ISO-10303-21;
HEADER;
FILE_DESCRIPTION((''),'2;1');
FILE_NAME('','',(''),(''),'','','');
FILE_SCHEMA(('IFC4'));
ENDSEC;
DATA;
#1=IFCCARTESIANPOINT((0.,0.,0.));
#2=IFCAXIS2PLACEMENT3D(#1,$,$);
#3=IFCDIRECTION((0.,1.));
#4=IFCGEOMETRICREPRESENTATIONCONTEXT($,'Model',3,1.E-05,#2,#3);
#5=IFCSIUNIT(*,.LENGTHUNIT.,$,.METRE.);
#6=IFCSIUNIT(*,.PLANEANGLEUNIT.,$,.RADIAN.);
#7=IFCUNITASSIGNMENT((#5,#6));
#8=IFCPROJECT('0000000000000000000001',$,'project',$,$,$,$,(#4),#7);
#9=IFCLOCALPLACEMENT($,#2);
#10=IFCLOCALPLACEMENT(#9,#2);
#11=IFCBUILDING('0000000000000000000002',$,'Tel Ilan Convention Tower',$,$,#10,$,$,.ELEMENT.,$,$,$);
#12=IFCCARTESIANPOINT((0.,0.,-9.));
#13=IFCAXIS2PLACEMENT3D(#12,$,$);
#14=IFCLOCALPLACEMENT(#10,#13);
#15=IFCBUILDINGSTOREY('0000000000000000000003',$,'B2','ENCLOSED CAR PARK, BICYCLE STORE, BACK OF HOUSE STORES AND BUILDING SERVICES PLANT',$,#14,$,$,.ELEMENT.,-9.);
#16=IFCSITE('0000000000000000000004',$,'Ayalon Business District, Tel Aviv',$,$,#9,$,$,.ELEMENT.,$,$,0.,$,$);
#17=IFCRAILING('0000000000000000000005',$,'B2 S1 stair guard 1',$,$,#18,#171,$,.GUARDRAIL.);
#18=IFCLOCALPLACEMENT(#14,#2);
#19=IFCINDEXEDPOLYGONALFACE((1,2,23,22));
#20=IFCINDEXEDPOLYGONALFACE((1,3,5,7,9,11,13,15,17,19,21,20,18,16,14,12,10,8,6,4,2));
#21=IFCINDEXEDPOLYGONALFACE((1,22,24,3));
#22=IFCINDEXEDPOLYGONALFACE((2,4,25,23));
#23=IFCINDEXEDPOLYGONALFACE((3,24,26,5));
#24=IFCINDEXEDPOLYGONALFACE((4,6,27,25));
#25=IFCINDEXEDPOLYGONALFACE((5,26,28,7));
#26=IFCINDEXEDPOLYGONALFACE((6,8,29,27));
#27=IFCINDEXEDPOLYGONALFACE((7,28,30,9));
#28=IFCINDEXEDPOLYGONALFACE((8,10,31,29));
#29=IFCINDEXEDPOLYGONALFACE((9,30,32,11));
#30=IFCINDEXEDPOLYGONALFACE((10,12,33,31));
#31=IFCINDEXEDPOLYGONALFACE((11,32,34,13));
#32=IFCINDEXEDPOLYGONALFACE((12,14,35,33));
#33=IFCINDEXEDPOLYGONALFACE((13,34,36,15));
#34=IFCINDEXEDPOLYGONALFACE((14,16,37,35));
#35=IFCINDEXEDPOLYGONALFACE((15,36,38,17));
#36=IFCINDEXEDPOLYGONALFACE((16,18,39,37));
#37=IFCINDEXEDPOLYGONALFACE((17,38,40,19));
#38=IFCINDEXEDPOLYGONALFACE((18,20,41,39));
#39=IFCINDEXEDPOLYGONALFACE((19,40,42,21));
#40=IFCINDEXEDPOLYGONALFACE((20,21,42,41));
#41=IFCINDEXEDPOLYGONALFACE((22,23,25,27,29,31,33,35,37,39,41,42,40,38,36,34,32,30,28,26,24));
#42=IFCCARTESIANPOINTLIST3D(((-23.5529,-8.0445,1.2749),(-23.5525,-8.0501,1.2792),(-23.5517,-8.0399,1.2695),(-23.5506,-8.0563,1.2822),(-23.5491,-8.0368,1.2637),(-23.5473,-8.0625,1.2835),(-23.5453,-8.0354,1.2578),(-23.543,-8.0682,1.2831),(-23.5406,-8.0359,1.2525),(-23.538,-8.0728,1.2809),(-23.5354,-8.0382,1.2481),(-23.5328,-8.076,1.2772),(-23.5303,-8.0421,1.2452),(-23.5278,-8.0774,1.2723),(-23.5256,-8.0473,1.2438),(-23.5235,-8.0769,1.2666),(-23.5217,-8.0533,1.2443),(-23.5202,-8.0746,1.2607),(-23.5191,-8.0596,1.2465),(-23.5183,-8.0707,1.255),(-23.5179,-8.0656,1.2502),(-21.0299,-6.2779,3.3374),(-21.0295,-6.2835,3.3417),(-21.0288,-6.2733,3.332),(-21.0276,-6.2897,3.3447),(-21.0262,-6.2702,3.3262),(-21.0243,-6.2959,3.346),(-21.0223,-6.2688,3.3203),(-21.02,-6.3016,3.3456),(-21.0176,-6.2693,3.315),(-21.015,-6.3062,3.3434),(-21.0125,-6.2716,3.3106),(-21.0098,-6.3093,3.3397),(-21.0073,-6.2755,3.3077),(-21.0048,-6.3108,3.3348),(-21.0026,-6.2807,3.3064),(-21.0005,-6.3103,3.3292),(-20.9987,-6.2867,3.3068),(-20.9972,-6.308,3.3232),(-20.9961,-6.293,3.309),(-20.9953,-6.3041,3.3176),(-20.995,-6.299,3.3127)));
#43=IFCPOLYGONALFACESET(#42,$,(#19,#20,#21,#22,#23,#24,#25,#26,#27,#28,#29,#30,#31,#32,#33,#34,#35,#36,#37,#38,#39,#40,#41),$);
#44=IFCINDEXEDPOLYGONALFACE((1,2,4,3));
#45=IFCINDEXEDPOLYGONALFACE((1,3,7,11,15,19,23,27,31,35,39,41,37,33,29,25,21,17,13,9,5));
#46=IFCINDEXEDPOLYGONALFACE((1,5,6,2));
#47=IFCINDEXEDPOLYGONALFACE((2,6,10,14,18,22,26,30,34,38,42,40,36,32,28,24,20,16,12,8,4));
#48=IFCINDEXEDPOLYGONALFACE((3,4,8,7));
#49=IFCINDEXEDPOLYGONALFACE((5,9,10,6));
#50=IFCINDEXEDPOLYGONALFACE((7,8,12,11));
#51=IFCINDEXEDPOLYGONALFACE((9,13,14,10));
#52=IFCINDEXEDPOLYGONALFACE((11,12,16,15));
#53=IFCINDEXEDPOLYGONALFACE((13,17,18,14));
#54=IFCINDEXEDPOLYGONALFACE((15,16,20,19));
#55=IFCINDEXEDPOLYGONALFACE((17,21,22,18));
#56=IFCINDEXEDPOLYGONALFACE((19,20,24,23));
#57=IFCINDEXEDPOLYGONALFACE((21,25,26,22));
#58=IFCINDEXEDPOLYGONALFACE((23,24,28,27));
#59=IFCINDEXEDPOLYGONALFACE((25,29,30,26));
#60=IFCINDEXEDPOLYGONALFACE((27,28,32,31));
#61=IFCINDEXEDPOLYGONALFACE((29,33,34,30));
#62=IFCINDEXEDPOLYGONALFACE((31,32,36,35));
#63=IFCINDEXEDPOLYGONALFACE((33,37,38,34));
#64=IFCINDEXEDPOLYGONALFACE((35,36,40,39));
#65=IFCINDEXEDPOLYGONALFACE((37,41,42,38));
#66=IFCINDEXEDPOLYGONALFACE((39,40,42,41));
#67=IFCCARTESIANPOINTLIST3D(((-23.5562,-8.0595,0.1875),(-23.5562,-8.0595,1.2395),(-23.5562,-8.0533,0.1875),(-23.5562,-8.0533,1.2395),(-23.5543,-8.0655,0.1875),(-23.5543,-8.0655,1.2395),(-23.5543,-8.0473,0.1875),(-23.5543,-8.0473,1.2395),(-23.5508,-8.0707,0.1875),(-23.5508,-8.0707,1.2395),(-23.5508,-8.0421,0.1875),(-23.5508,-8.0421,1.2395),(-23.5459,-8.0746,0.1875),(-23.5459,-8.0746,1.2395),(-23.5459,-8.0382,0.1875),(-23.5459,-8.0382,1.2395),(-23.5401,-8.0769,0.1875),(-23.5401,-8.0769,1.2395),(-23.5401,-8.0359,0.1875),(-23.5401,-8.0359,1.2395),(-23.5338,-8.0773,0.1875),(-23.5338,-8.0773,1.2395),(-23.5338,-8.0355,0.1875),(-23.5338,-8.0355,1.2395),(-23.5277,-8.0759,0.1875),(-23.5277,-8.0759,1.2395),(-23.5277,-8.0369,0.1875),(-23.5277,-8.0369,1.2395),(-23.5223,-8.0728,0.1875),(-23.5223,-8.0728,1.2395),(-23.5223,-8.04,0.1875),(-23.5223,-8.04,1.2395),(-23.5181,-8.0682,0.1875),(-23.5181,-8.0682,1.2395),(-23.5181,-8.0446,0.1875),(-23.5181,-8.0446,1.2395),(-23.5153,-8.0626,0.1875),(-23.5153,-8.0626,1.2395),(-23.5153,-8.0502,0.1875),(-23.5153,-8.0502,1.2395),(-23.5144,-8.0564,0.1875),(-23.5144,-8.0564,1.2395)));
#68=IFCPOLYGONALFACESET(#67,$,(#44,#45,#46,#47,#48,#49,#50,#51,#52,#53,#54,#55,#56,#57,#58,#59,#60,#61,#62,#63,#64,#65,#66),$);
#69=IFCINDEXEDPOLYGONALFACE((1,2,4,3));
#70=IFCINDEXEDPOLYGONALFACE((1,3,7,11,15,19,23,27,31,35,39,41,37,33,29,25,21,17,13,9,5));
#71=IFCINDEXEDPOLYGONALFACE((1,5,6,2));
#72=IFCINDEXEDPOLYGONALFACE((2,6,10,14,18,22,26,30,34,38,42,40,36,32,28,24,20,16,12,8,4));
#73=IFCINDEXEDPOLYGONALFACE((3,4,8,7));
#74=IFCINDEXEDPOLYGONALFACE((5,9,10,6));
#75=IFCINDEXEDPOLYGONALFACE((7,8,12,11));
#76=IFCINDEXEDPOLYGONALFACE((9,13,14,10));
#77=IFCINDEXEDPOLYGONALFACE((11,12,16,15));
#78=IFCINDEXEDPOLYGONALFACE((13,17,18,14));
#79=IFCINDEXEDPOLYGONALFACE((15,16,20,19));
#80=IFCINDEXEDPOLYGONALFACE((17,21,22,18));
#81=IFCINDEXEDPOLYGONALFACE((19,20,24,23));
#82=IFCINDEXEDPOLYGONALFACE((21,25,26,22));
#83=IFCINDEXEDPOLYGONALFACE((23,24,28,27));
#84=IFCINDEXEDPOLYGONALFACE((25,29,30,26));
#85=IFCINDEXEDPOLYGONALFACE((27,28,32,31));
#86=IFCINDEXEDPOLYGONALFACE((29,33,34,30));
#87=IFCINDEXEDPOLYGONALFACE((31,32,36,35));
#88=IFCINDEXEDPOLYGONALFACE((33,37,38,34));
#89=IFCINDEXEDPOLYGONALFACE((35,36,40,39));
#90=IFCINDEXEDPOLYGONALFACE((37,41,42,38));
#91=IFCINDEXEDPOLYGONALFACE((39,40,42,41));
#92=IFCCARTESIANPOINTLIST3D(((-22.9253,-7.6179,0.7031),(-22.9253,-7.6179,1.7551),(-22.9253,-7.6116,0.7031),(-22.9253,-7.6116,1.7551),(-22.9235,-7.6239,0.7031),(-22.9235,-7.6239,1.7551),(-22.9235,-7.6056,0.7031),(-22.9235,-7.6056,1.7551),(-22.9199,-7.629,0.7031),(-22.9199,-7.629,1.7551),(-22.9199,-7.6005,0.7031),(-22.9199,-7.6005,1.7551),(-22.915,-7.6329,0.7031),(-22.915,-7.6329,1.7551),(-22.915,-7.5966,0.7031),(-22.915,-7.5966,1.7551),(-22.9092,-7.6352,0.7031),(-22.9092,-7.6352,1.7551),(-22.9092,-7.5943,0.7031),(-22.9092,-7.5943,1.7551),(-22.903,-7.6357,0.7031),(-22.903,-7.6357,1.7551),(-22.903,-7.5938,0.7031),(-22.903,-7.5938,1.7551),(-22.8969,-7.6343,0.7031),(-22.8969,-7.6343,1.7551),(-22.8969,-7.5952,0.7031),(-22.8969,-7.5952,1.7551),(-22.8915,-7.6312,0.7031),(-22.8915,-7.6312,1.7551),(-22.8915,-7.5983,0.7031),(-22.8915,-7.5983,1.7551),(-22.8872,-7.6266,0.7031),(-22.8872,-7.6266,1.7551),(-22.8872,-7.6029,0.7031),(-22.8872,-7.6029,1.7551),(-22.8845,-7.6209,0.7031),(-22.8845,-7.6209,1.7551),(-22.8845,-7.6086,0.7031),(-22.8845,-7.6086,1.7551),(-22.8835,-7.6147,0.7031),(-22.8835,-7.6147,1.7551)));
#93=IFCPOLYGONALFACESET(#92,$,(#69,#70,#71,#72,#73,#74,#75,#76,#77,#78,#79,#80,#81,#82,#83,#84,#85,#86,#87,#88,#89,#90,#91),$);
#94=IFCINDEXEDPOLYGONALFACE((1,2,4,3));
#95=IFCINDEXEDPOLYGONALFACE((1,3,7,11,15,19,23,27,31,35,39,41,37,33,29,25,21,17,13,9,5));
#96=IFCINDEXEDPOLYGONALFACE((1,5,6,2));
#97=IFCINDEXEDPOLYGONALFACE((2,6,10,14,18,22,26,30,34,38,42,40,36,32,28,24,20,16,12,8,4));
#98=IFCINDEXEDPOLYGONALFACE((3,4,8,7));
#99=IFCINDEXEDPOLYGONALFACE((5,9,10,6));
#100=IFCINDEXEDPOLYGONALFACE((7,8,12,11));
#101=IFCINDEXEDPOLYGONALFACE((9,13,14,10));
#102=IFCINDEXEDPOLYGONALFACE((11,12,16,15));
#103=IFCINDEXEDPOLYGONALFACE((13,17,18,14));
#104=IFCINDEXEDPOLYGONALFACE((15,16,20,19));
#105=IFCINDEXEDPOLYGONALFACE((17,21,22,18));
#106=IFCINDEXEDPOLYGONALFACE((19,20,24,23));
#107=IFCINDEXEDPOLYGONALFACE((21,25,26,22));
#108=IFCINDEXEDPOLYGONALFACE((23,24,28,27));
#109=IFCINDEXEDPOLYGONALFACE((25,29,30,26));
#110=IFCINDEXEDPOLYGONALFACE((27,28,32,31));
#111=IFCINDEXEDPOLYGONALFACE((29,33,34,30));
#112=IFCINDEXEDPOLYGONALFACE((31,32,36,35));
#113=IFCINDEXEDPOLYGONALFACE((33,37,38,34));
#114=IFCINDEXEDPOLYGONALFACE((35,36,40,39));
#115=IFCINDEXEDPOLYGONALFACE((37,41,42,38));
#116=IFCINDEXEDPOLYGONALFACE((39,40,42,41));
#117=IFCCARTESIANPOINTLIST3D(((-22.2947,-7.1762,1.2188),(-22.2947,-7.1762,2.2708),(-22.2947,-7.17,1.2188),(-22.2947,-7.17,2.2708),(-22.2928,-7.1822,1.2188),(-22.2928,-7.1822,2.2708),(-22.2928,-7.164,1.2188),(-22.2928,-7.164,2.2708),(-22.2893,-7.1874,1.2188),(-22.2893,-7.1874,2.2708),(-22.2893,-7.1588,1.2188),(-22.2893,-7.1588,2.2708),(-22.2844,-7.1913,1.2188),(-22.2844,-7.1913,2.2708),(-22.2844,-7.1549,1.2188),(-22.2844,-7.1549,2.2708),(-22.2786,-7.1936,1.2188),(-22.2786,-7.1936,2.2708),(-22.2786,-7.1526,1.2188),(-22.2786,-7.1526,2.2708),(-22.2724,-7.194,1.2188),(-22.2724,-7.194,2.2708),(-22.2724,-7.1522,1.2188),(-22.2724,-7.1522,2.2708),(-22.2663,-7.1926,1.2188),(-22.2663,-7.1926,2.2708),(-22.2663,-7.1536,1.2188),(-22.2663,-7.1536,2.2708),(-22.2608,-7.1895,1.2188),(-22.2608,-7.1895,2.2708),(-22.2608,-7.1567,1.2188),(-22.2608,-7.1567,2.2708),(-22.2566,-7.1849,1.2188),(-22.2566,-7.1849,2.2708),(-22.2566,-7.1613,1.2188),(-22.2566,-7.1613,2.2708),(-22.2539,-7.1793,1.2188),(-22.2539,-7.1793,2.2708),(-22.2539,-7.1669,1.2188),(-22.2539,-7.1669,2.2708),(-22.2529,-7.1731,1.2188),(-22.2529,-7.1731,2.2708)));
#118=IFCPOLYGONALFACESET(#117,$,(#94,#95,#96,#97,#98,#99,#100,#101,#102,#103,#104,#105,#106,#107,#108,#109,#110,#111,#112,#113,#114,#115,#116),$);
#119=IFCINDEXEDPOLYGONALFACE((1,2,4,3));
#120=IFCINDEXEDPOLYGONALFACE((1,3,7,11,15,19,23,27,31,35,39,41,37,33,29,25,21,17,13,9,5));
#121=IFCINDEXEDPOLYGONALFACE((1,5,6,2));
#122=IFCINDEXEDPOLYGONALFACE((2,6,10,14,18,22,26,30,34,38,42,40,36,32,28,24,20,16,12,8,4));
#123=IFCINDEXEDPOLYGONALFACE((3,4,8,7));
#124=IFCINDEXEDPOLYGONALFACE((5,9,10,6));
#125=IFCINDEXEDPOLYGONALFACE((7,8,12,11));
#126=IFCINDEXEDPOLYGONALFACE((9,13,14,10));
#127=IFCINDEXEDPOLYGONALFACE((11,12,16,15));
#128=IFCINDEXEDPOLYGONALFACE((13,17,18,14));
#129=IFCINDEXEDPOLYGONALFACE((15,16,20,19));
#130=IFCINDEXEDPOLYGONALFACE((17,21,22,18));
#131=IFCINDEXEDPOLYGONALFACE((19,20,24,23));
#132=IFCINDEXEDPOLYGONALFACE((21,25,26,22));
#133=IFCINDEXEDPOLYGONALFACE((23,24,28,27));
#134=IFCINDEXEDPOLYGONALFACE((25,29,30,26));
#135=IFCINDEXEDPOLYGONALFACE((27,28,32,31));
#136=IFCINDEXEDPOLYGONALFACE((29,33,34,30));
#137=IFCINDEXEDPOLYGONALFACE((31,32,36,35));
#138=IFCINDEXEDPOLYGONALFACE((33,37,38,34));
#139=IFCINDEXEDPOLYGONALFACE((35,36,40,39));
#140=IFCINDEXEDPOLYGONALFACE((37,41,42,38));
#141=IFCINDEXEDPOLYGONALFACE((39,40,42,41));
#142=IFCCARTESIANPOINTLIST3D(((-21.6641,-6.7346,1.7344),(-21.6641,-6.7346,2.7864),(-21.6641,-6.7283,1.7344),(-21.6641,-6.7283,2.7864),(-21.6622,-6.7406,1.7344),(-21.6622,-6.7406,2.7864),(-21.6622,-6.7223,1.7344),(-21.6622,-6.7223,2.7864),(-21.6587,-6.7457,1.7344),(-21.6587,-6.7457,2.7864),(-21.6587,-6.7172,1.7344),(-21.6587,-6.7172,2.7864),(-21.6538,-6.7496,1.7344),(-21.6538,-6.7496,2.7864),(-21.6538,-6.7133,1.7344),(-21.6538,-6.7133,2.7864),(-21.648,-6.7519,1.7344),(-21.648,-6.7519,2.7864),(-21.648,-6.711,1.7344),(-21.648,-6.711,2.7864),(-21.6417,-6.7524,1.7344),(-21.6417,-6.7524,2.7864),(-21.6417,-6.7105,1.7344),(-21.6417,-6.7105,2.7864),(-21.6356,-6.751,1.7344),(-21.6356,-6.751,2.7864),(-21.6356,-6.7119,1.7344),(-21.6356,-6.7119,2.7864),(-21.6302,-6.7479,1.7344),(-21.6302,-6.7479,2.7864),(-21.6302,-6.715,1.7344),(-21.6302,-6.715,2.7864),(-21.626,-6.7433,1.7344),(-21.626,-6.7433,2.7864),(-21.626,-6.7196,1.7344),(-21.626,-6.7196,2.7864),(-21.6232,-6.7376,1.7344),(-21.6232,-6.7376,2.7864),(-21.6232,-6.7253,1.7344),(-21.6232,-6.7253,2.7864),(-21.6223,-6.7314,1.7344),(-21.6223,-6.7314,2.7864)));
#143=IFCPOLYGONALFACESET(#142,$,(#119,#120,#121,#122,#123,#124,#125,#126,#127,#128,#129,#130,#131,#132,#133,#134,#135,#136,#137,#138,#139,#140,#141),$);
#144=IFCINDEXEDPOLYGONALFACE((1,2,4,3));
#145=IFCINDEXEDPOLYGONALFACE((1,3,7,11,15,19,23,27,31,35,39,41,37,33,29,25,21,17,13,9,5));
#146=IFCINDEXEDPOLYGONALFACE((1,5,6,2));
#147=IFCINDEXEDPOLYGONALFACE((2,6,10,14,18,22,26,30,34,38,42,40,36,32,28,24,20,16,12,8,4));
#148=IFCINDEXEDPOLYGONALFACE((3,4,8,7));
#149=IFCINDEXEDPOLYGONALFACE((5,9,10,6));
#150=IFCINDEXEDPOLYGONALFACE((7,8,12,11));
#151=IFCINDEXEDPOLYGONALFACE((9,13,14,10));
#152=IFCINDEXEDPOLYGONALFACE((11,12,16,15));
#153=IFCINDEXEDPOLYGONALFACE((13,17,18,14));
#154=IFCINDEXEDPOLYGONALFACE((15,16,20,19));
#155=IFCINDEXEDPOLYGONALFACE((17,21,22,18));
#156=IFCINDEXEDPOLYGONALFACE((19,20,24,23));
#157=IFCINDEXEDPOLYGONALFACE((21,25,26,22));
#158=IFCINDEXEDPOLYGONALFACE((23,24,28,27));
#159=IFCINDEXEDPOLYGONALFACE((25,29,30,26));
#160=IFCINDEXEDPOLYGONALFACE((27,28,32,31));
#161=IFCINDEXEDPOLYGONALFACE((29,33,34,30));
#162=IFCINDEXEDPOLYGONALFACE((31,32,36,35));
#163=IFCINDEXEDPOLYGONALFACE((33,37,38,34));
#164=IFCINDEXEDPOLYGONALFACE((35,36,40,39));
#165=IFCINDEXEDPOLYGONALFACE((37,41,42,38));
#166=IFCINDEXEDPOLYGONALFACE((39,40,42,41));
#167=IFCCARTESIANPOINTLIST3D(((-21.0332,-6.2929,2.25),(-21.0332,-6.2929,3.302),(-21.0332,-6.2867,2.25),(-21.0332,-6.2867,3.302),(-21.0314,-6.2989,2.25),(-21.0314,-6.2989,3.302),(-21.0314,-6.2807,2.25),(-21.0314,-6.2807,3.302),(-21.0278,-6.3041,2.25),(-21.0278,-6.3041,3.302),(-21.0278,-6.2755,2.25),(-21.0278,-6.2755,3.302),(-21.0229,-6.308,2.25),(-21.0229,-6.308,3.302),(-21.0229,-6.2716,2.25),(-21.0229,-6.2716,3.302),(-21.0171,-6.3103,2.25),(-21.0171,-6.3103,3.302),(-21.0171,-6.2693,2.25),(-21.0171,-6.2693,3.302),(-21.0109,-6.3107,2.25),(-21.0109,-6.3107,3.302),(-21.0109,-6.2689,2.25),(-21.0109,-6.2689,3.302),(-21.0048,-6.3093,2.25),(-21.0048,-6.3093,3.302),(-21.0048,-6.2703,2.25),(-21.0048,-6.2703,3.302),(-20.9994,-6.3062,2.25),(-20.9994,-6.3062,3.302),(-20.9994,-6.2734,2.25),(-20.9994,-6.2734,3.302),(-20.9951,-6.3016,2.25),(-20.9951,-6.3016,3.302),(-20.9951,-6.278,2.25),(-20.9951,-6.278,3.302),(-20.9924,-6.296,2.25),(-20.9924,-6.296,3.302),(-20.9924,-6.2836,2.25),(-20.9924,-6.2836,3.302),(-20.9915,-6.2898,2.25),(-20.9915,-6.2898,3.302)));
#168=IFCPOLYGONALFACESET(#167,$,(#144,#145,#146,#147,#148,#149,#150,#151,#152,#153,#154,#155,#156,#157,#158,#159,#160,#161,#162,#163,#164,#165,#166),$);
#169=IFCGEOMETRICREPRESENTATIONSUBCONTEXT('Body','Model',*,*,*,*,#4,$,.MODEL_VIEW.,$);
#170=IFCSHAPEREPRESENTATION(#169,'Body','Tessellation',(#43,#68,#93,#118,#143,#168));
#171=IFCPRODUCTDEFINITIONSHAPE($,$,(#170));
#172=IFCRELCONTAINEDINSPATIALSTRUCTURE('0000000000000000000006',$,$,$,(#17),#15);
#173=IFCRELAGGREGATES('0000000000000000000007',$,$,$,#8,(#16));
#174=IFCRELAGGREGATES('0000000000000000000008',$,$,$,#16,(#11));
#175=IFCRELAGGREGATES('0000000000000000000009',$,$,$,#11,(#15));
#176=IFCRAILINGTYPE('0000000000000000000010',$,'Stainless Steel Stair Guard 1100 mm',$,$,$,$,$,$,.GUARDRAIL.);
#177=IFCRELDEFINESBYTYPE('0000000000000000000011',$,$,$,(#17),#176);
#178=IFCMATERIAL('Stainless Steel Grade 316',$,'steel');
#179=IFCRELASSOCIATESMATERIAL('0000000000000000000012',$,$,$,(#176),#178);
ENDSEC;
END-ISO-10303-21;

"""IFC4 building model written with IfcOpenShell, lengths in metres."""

from ifc_helpers import new_model, si_unit, direction, frame, origin, origin_2d, place, context, subcontext, project, spatial, circle, extrude, material, type_object, element, save


model = new_model("IFC4")

# Units and contexts
model_context = context("Model", 3, precision=1e-05, world=origin(), true_north=direction((0.0, 1.0)))
body_context = subcontext(model_context, "Body", "Model", "MODEL_VIEW")
ifc_project = project(units=[si_unit("LENGTHUNIT", "METRE"), si_unit("PLANEANGLEUNIT", "RADIAN")], contexts=[model_context])

# Site, building, storey
site_placement = place(None, origin())
site = spatial("IfcSite", under=ifc_project, at=site_placement, Name="Ayalon Business District, Tel Aviv", CompositionType="ELEMENT", RefElevation=0.0)
building_placement = place(site_placement, origin())
building = spatial("IfcBuilding", under=site, at=building_placement, Name="Tel Ilan Convention Tower", CompositionType="ELEMENT")
storey_placement = place(building_placement, frame((0.0, 0.0, -9.0)))
storey = spatial("IfcBuildingStorey", under=building, at=storey_placement, Name="B2", Description="ENCLOSED CAR PARK, BICYCLE STORE, BACK OF HOUSE STORES AND BUILDING SERVICES PLANT", CompositionType="ELEMENT", Elevation=-9.0)

# Railing
ifc_material_1 = material(Name="Stainless Steel Grade 316", Category="steel")
railing_type = type_object("IfcRailingType", Name="Stainless Steel Stair Guard 1100 mm", PredefinedType="GUARDRAIL", material=ifc_material_1)
railing_1_placement = place(storey_placement, frame((-23.5354, -8.0564, 0.1875)))
element("IfcRailing", 1, at=railing_1_placement, inside=storey, type_object=railing_type, Name="B2 S1 stair guard 1", PredefinedType="GUARDRAIL", context=body_context, shape_type="SweptSolid", body=[
    extrude(circle(Radius=0.0239, at=origin_2d()), frame((0.0, 0.0, 1.0762), z_axis=(0.680635, 0.476589, 0.556416), x_axis=(-0.573579, 0.81915, 0.0)), (0.0, 0.0, 1.0), 3.7068),
    extrude(circle(Radius=0.021, at=origin_2d()), origin(), (0.0, 0.0, 1.0), 1.052),
    extrude(circle(Radius=0.021, at=origin_2d()), frame((0.6309, 0.4417, 0.5156)), (0.0, 0.0, 1.0), 1.052),
    extrude(circle(Radius=0.021, at=origin_2d()), frame((1.2615, 0.8833, 1.0312)), (0.0, 0.0, 1.0), 1.052),
    extrude(circle(Radius=0.021, at=origin_2d()), frame((1.8921, 1.325, 1.5469)), (0.0, 0.0, 1.0), 1.052),
    extrude(circle(Radius=0.021, at=origin_2d()), frame((2.5229, 1.7666, 2.0625)), (0.0, 0.0, 1.0), 1.052),
])

save(model, "model.ifc")
